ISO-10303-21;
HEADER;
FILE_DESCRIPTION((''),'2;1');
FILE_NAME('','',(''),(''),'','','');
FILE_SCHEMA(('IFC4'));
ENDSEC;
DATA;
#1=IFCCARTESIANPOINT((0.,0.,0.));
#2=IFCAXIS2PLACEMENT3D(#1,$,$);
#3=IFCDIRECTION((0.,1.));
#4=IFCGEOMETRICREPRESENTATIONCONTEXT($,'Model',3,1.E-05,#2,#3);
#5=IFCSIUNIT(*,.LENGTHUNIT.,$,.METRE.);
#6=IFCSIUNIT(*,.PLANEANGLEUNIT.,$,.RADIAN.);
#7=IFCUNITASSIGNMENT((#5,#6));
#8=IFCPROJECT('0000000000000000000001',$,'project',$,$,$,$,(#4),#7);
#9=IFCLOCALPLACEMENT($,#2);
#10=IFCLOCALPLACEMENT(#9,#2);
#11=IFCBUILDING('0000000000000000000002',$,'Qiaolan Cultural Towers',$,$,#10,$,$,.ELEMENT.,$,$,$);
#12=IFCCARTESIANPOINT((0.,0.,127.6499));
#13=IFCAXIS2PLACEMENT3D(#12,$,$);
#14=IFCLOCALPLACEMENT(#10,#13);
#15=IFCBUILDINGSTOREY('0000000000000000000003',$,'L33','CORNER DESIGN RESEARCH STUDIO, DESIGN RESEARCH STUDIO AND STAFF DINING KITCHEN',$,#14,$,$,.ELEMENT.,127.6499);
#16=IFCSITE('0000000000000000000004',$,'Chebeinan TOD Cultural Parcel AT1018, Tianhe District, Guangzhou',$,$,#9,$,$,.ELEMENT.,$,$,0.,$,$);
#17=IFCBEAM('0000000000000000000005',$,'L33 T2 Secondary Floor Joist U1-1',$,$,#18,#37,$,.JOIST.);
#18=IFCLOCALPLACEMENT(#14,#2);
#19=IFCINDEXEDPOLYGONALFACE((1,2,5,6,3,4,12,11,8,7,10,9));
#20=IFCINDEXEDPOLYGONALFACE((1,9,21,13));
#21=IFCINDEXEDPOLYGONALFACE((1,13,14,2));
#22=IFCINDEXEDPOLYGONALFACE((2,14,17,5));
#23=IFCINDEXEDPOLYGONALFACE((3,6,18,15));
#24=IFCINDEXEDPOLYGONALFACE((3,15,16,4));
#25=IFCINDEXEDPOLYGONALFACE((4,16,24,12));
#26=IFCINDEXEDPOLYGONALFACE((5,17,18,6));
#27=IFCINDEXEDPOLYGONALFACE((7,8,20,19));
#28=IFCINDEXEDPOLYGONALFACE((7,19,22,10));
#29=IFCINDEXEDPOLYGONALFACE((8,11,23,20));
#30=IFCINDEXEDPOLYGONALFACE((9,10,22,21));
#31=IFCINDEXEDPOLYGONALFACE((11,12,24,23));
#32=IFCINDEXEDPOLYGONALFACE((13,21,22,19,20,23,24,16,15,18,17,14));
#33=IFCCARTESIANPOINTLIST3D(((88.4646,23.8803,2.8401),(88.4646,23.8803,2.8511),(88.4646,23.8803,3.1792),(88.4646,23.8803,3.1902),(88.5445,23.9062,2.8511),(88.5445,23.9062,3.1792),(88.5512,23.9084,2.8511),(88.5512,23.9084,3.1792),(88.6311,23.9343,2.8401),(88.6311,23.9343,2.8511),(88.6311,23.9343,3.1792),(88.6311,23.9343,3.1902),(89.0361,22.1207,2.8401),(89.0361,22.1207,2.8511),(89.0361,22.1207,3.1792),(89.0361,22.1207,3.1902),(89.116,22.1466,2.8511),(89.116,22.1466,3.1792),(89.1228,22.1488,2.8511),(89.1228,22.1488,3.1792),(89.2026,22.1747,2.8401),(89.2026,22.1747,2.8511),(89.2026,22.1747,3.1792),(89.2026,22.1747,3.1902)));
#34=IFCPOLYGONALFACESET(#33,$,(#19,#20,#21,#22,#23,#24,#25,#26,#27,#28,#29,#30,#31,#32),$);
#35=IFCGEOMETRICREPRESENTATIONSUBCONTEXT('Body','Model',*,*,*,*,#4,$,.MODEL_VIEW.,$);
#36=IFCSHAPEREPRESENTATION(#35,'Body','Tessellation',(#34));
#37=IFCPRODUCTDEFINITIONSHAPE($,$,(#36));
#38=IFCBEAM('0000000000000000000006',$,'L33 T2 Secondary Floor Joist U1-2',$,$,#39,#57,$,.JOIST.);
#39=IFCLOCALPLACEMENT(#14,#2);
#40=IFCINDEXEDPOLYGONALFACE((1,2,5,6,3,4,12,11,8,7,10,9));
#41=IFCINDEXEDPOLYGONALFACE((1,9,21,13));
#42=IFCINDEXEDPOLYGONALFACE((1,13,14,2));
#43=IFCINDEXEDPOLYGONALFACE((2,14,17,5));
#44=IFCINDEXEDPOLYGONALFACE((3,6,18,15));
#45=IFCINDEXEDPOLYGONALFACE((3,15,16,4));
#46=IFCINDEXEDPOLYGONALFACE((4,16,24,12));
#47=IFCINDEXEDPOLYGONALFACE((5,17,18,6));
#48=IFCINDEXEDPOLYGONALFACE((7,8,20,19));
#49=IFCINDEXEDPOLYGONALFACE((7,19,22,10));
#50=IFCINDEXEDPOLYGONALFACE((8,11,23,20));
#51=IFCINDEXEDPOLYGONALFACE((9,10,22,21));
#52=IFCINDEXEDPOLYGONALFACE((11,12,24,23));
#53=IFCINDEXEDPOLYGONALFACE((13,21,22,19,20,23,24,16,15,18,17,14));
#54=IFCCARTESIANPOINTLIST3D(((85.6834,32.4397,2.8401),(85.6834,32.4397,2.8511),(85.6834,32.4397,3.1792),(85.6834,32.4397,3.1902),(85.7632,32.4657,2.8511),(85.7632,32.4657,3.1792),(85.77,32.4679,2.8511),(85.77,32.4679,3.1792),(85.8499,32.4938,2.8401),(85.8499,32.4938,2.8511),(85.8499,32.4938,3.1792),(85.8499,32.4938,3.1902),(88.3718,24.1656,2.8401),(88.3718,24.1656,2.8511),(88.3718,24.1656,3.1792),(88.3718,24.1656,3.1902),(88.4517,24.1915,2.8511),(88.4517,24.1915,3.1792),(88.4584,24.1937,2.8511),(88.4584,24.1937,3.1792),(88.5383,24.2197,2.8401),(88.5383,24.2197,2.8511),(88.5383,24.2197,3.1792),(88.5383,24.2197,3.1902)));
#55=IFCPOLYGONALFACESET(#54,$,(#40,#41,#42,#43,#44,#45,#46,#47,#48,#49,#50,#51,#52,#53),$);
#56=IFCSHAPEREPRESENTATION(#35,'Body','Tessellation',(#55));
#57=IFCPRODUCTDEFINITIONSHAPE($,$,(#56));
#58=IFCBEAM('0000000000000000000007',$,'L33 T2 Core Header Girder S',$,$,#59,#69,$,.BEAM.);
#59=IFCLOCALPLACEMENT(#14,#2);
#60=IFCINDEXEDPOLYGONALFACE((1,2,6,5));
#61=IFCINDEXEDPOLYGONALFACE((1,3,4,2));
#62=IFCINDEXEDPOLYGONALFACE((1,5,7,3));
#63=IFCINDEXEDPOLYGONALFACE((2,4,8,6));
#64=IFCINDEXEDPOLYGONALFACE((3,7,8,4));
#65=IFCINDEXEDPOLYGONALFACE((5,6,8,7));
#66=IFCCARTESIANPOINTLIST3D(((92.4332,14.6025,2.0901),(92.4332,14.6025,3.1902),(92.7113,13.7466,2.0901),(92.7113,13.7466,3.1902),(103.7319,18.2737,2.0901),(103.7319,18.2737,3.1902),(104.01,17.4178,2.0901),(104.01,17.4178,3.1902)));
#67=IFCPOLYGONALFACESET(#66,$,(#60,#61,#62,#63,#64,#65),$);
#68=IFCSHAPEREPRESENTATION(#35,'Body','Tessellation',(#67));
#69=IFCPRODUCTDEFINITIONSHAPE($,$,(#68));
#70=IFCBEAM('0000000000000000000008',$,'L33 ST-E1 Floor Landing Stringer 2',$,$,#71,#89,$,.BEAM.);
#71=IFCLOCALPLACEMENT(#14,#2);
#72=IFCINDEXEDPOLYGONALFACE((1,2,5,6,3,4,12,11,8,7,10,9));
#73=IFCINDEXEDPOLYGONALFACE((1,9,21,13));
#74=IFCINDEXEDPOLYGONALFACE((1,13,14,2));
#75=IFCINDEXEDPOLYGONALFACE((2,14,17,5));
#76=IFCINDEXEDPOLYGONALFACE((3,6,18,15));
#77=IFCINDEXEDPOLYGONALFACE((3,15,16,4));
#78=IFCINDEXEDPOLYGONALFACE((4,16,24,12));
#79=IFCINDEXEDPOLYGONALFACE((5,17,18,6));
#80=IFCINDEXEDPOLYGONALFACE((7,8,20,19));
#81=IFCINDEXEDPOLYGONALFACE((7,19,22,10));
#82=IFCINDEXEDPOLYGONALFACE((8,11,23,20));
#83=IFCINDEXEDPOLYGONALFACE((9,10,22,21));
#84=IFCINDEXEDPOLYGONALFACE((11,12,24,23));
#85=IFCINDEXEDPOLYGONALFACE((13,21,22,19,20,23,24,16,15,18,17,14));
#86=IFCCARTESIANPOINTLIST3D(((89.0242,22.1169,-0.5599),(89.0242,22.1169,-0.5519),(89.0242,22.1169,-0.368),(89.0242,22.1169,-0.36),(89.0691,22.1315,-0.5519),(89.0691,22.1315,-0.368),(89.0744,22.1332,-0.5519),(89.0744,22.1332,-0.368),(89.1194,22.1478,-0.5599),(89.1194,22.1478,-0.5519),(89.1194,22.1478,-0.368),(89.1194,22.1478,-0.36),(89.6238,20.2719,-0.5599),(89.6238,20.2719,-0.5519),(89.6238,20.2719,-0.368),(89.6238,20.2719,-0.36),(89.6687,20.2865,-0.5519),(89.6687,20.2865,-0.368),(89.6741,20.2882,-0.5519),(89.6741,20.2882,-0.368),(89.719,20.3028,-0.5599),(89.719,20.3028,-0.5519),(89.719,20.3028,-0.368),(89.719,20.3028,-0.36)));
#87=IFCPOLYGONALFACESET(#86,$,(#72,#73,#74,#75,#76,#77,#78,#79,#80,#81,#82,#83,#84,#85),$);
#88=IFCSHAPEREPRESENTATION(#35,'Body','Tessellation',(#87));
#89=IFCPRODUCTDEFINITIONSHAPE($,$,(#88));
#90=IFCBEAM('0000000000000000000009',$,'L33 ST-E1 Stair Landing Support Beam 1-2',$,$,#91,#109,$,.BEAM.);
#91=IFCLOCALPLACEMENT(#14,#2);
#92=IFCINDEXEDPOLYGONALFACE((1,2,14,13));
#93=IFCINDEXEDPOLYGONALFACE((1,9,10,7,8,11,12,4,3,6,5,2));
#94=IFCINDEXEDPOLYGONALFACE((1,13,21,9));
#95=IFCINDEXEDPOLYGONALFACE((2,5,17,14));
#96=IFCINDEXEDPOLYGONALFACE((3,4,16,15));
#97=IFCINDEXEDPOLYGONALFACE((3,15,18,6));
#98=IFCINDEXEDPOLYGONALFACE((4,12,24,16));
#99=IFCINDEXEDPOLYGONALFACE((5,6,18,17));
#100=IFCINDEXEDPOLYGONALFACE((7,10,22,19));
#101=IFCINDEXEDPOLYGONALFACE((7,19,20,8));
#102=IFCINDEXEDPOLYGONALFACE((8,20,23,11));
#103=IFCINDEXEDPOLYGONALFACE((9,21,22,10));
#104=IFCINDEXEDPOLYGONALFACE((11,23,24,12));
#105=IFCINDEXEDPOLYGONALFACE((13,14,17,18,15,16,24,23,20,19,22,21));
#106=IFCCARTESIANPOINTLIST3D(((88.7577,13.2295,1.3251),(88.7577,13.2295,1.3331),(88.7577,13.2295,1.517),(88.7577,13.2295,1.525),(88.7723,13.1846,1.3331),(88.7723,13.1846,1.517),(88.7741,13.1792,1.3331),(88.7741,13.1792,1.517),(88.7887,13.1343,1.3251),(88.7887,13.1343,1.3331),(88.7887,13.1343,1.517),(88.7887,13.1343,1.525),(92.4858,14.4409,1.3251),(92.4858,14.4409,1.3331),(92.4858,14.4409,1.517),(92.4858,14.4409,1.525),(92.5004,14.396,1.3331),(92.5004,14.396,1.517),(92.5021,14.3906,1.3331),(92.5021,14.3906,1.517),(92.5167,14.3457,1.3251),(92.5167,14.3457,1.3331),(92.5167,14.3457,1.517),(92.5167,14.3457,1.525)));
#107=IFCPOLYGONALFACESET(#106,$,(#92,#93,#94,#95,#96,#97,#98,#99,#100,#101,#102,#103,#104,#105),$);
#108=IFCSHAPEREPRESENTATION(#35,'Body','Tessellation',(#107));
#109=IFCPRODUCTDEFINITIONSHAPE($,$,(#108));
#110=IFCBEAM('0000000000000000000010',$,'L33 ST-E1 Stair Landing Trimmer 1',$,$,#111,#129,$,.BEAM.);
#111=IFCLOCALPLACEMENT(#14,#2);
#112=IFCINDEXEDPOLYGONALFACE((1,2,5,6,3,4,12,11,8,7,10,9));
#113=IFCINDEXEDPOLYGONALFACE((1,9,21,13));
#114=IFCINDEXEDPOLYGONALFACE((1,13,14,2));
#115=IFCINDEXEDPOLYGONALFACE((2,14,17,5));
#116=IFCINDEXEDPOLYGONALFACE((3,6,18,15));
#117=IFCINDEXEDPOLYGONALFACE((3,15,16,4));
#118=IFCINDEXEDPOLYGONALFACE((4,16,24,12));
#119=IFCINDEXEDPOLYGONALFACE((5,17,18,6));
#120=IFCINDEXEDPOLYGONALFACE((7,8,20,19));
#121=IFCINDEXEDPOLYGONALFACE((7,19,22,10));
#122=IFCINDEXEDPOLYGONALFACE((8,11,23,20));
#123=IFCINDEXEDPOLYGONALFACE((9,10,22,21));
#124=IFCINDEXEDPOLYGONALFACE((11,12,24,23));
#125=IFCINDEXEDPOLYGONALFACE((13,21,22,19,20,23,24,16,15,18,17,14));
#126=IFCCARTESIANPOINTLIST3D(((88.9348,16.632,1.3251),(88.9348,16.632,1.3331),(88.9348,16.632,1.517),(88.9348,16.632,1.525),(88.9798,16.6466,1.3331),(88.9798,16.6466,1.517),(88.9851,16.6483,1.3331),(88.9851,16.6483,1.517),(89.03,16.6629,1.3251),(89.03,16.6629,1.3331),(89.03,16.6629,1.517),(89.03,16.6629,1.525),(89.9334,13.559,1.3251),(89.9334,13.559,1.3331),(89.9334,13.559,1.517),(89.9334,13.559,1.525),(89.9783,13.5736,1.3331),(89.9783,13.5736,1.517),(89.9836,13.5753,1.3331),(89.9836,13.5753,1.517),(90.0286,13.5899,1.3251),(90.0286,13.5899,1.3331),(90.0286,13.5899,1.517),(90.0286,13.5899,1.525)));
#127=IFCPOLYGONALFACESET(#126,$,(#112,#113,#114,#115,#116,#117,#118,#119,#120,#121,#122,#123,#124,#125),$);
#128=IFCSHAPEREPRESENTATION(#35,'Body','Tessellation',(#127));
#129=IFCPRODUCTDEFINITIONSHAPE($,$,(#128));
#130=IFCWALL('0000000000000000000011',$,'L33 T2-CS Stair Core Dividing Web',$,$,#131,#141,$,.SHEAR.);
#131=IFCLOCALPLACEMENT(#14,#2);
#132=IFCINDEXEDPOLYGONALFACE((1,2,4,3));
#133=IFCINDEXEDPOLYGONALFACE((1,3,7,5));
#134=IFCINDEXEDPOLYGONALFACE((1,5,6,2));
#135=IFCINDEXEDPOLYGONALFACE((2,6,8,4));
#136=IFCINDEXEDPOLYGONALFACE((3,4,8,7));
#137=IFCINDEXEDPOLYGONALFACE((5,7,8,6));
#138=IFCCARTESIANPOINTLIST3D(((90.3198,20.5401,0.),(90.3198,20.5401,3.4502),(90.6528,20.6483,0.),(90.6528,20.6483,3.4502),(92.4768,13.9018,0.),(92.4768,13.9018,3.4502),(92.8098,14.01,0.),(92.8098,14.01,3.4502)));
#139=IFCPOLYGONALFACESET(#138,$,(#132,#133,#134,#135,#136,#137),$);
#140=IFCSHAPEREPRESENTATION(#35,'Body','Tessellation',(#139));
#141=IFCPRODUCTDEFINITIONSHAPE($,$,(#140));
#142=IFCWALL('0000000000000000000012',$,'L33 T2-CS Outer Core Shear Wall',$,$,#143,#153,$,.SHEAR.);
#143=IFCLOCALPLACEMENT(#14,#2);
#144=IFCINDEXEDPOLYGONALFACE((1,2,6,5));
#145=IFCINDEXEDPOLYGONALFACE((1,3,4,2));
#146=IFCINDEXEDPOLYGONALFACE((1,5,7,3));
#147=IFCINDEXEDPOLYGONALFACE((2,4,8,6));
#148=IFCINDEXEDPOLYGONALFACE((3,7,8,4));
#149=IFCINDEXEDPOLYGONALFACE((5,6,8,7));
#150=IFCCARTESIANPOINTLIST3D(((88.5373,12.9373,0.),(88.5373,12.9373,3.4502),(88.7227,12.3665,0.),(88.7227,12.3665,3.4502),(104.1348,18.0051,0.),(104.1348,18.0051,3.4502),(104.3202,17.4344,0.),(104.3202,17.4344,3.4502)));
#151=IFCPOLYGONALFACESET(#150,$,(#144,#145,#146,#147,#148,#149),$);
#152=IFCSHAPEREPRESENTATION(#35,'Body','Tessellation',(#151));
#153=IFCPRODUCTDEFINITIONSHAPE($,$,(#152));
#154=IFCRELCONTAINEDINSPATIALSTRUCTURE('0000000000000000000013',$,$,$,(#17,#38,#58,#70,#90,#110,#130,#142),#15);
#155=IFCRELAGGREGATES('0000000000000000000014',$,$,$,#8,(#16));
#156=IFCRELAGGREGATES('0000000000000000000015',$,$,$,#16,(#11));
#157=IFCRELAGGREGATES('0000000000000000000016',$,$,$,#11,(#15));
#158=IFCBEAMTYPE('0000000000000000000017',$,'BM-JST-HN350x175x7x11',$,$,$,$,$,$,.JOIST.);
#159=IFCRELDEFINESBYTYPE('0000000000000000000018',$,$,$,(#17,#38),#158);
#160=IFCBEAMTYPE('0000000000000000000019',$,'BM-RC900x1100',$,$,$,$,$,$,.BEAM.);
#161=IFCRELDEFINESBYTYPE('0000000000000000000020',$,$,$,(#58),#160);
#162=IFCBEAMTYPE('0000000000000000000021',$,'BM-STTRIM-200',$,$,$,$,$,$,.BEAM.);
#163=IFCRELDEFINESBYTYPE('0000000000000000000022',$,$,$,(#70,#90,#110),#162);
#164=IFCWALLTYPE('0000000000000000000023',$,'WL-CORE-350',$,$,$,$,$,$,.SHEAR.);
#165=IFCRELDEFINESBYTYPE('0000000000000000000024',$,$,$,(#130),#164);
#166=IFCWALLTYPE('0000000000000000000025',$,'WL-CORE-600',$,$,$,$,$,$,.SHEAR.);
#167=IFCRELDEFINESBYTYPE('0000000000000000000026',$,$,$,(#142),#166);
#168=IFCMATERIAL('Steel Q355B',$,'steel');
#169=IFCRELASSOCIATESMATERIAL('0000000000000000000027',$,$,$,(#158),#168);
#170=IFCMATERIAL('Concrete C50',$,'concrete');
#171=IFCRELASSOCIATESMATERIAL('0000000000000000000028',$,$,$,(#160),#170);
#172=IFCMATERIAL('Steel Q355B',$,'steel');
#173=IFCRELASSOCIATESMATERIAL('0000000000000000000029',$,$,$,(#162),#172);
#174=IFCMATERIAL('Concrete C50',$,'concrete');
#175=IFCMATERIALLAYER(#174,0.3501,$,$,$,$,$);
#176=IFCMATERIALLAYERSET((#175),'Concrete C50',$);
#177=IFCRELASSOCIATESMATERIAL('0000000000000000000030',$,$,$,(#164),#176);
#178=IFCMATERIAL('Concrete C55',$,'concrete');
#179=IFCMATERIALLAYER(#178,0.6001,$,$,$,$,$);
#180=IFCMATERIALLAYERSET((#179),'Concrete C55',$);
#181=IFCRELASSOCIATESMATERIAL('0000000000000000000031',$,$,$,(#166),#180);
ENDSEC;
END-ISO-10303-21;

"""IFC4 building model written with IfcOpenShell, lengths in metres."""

from ifc_helpers import new_model, si_unit, direction, frame, frame_2d, origin, origin_2d, place, context, subcontext, project, spatial, rectangle, i_section, extrude, material, layer, layer_set, material_profile, profile_set, type_object, element, save


model = new_model("IFC4")

# Units and contexts
model_context = context("Model", 3, precision=1e-05, world=origin(), true_north=direction((0.0, 1.0)))
body_context = subcontext(model_context, "Body", "Model", "MODEL_VIEW")
ifc_project = project(units=[si_unit("LENGTHUNIT", "METRE"), si_unit("PLANEANGLEUNIT", "RADIAN")], contexts=[model_context])

# Site, building, storey
site_placement = place(None, origin())
site = spatial("IfcSite", under=ifc_project, at=site_placement, Name="Chebeinan TOD Cultural Parcel AT1018, Tianhe District, Guangzhou", CompositionType="ELEMENT", RefElevation=0.0)
building_placement = place(site_placement, origin())
building = spatial("IfcBuilding", under=site, at=building_placement, Name="Qiaolan Cultural Towers", CompositionType="ELEMENT")
storey_placement = place(building_placement, frame((0.0, 0.0, 127.6499)))
storey = spatial("IfcBuildingStorey", under=building, at=storey_placement, Name="L33", Description="CORNER DESIGN RESEARCH STUDIO, DESIGN RESEARCH STUDIO AND STAFF DINING KITCHEN", CompositionType="ELEMENT", Elevation=127.6499)

# Beams
ifc_material_1 = material(Name="Steel Q355B", Category="steel")
ifc_material_profile_1 = material_profile(ifc_material_1, i_section(OverallWidth=0.175, OverallDepth=0.3501, WebThickness=0.0071, FlangeThickness=0.011, at=origin_2d()), Name="HN350x175x7x11")
ifc_profile_set_1 = profile_set([ifc_material_profile_1], Name="Steel Q355B")
beam_type_1 = type_object("IfcBeamType", Name="BM-JST-HN350x175x7x11", PredefinedType="JOIST", material=ifc_profile_set_1)
beam_1_placement = place(storey_placement, frame((89.1194, 22.1477, 3.0151), z_axis=(-0.308934, 0.951084, 0.0), x_axis=(-0.951084, -0.308934, 0.0)))
element("IfcBeam", 1, at=beam_1_placement, inside=storey, type_object=beam_type_1, Name="L33 T2 Secondary Floor Joist U1-1", PredefinedType="JOIST", context=body_context, shape_type="SweptSolid", body=[
    extrude(i_section(OverallWidth=0.175, OverallDepth=0.3501, WebThickness=0.0071, FlangeThickness=0.011, at=origin_2d()), origin(), (0.0, 0.0, 1.0), 1.8501),
])
beam_2_placement = place(storey_placement, frame((88.4551, 24.1926, 3.0151), z_axis=(-0.309021, 0.951055, 0.0), x_axis=(-0.951055, -0.309021, 0.0)))
element("IfcBeam", 2, at=beam_2_placement, inside=storey, type_object=beam_type_1, Name="L33 T2 Secondary Floor Joist U1-2", PredefinedType="JOIST", context=body_context, shape_type="SweptSolid", body=[
    extrude(i_section(OverallWidth=0.175, OverallDepth=0.3501, WebThickness=0.0071, FlangeThickness=0.011, at=origin_2d()), origin(), (0.0, 0.0, 1.0), 8.7),
])
ifc_material_2 = material(Name="Concrete C50", Category="concrete")
ifc_material_profile_2 = material_profile(ifc_material_2, rectangle(XDim=0.8999, YDim=1.1001, at=origin_2d()), Name="RC900x1100")
ifc_profile_set_2 = profile_set([ifc_material_profile_2], Name="Concrete C50")
beam_type_2 = type_object("IfcBeamType", Name="BM-RC900x1100", PredefinedType="BEAM", material=ifc_profile_set_2)
beam_3_placement = place(storey_placement, frame((92.5723, 14.1746, 2.6401), z_axis=(0.951056, 0.309018, 0.0), x_axis=(-0.309018, 0.951056, 0.0)))
element("IfcBeam", 3, at=beam_3_placement, inside=storey, type_object=beam_type_2, Name="L33 T2 Core Header Girder S", PredefinedType="BEAM", context=body_context, shape_type="SweptSolid", body=[
    extrude(rectangle(XDim=0.8999, YDim=1.1001, at=origin_2d()), origin(), (0.0, 0.0, 1.0), 11.8801),
])
ifc_material_3 = material(Name="Steel Q355B", Category="steel")
ifc_material_profile_3 = material_profile(ifc_material_3, i_section(OverallWidth=0.1001, OverallDepth=0.2, WebThickness=0.0056, FlangeThickness=0.0081, at=origin_2d()), Name="HN200x100x5.5x8")
ifc_profile_set_3 = profile_set([ifc_material_profile_3], Name="Steel Q355B")
beam_type_3 = type_object("IfcBeamType", Name="BM-STTRIM-200", PredefinedType="BEAM", material=ifc_profile_set_3)
beam_4_placement = place(storey_placement, frame((89.0718, 22.1323, -0.46), z_axis=(0.309083, -0.951035, 0.0), x_axis=(0.951035, 0.309083, 0.0)))
element("IfcBeam", 4, at=beam_4_placement, inside=storey, type_object=beam_type_3, Name="L33 ST-E1 Floor Landing Stringer 2", PredefinedType="BEAM", context=body_context, shape_type="SweptSolid", body=[
    extrude(i_section(OverallWidth=0.1001, OverallDepth=0.2, WebThickness=0.0056, FlangeThickness=0.0081, at=origin_2d()), origin(), (0.0, 0.0, 1.0), 1.9399),
])
beam_5_placement = place(storey_placement, frame((88.7732, 13.1819, 1.425), z_axis=(0.951048, 0.309044, 0.0), x_axis=(-0.309044, 0.951048, 0.0)))
element("IfcBeam", 5, at=beam_5_placement, inside=storey, type_object=beam_type_3, Name="L33 ST-E1 Stair Landing Support Beam 1-2", PredefinedType="BEAM", context=body_context, shape_type="SweptSolid", body=[
    extrude(i_section(OverallWidth=0.1001, OverallDepth=0.2, WebThickness=0.0056, FlangeThickness=0.0081, at=origin_2d()), origin(), (0.0, 0.0, 1.0), 3.9199),
])
beam_6_placement = place(storey_placement, frame((88.9824, 16.6475, 1.425), z_axis=(0.309033, -0.951051, 0.0), x_axis=(0.951051, 0.309033, 0.0)))
element("IfcBeam", 6, at=beam_6_placement, inside=storey, type_object=beam_type_3, Name="L33 ST-E1 Stair Landing Trimmer 1", PredefinedType="BEAM", context=body_context, shape_type="SweptSolid", body=[
    extrude(i_section(OverallWidth=0.1001, OverallDepth=0.2, WebThickness=0.0056, FlangeThickness=0.0081, at=origin_2d()), origin(), (0.0, 0.0, 1.0), 3.2312),
])

# Walls
ifc_material_4 = material(Name="Concrete C50", Category="concrete")
ifc_layer_1 = layer(ifc_material_4, 0.3501)
ifc_layer_set_1 = layer_set([ifc_layer_1], Name="Concrete C50")
wall_type_1 = type_object("IfcWallType", Name="WL-CORE-350", PredefinedType="SHEAR", material=ifc_layer_set_1)
wall_1_placement = place(storey_placement, frame((90.4863, 20.5942, 0.0), z_axis=(0.0, 0.0, 1.0), x_axis=(0.30902, -0.951055, 0.0)))
element("IfcWall", 7, at=wall_1_placement, inside=storey, type_object=wall_type_1, Name="L33 T2-CS Stair Core Dividing Web", PredefinedType="SHEAR", context=body_context, shape_type="SweptSolid", body=[
    extrude(rectangle(XDim=6.98, YDim=0.3501, at=frame_2d((3.49, 0.0))), origin(), (0.0, 0.0, 1.0), 3.4502),
])
ifc_material_5 = material(Name="Concrete C55", Category="concrete")
ifc_layer_2 = layer(ifc_material_5, 0.6001)
ifc_layer_set_2 = layer_set([ifc_layer_2], Name="Concrete C55")
wall_type_2 = type_object("IfcWallType", Name="WL-CORE-600", PredefinedType="SHEAR", material=ifc_layer_set_2)
wall_2_placement = place(storey_placement, frame((88.6299, 12.6519, 0.0), z_axis=(0.0, 0.0, 1.0), x_axis=(0.951057, 0.309015, 0.0)))
element("IfcWall", 8, at=wall_2_placement, inside=storey, type_object=wall_type_2, Name="L33 T2-CS Outer Core Shear Wall", PredefinedType="SHEAR", context=body_context, shape_type="SweptSolid", body=[
    extrude(rectangle(XDim=16.4001, YDim=0.6001, at=frame_2d((8.2002, 0.0))), origin(), (0.0, 0.0, 1.0), 3.4502),
])

save(model, "model.ifc")
